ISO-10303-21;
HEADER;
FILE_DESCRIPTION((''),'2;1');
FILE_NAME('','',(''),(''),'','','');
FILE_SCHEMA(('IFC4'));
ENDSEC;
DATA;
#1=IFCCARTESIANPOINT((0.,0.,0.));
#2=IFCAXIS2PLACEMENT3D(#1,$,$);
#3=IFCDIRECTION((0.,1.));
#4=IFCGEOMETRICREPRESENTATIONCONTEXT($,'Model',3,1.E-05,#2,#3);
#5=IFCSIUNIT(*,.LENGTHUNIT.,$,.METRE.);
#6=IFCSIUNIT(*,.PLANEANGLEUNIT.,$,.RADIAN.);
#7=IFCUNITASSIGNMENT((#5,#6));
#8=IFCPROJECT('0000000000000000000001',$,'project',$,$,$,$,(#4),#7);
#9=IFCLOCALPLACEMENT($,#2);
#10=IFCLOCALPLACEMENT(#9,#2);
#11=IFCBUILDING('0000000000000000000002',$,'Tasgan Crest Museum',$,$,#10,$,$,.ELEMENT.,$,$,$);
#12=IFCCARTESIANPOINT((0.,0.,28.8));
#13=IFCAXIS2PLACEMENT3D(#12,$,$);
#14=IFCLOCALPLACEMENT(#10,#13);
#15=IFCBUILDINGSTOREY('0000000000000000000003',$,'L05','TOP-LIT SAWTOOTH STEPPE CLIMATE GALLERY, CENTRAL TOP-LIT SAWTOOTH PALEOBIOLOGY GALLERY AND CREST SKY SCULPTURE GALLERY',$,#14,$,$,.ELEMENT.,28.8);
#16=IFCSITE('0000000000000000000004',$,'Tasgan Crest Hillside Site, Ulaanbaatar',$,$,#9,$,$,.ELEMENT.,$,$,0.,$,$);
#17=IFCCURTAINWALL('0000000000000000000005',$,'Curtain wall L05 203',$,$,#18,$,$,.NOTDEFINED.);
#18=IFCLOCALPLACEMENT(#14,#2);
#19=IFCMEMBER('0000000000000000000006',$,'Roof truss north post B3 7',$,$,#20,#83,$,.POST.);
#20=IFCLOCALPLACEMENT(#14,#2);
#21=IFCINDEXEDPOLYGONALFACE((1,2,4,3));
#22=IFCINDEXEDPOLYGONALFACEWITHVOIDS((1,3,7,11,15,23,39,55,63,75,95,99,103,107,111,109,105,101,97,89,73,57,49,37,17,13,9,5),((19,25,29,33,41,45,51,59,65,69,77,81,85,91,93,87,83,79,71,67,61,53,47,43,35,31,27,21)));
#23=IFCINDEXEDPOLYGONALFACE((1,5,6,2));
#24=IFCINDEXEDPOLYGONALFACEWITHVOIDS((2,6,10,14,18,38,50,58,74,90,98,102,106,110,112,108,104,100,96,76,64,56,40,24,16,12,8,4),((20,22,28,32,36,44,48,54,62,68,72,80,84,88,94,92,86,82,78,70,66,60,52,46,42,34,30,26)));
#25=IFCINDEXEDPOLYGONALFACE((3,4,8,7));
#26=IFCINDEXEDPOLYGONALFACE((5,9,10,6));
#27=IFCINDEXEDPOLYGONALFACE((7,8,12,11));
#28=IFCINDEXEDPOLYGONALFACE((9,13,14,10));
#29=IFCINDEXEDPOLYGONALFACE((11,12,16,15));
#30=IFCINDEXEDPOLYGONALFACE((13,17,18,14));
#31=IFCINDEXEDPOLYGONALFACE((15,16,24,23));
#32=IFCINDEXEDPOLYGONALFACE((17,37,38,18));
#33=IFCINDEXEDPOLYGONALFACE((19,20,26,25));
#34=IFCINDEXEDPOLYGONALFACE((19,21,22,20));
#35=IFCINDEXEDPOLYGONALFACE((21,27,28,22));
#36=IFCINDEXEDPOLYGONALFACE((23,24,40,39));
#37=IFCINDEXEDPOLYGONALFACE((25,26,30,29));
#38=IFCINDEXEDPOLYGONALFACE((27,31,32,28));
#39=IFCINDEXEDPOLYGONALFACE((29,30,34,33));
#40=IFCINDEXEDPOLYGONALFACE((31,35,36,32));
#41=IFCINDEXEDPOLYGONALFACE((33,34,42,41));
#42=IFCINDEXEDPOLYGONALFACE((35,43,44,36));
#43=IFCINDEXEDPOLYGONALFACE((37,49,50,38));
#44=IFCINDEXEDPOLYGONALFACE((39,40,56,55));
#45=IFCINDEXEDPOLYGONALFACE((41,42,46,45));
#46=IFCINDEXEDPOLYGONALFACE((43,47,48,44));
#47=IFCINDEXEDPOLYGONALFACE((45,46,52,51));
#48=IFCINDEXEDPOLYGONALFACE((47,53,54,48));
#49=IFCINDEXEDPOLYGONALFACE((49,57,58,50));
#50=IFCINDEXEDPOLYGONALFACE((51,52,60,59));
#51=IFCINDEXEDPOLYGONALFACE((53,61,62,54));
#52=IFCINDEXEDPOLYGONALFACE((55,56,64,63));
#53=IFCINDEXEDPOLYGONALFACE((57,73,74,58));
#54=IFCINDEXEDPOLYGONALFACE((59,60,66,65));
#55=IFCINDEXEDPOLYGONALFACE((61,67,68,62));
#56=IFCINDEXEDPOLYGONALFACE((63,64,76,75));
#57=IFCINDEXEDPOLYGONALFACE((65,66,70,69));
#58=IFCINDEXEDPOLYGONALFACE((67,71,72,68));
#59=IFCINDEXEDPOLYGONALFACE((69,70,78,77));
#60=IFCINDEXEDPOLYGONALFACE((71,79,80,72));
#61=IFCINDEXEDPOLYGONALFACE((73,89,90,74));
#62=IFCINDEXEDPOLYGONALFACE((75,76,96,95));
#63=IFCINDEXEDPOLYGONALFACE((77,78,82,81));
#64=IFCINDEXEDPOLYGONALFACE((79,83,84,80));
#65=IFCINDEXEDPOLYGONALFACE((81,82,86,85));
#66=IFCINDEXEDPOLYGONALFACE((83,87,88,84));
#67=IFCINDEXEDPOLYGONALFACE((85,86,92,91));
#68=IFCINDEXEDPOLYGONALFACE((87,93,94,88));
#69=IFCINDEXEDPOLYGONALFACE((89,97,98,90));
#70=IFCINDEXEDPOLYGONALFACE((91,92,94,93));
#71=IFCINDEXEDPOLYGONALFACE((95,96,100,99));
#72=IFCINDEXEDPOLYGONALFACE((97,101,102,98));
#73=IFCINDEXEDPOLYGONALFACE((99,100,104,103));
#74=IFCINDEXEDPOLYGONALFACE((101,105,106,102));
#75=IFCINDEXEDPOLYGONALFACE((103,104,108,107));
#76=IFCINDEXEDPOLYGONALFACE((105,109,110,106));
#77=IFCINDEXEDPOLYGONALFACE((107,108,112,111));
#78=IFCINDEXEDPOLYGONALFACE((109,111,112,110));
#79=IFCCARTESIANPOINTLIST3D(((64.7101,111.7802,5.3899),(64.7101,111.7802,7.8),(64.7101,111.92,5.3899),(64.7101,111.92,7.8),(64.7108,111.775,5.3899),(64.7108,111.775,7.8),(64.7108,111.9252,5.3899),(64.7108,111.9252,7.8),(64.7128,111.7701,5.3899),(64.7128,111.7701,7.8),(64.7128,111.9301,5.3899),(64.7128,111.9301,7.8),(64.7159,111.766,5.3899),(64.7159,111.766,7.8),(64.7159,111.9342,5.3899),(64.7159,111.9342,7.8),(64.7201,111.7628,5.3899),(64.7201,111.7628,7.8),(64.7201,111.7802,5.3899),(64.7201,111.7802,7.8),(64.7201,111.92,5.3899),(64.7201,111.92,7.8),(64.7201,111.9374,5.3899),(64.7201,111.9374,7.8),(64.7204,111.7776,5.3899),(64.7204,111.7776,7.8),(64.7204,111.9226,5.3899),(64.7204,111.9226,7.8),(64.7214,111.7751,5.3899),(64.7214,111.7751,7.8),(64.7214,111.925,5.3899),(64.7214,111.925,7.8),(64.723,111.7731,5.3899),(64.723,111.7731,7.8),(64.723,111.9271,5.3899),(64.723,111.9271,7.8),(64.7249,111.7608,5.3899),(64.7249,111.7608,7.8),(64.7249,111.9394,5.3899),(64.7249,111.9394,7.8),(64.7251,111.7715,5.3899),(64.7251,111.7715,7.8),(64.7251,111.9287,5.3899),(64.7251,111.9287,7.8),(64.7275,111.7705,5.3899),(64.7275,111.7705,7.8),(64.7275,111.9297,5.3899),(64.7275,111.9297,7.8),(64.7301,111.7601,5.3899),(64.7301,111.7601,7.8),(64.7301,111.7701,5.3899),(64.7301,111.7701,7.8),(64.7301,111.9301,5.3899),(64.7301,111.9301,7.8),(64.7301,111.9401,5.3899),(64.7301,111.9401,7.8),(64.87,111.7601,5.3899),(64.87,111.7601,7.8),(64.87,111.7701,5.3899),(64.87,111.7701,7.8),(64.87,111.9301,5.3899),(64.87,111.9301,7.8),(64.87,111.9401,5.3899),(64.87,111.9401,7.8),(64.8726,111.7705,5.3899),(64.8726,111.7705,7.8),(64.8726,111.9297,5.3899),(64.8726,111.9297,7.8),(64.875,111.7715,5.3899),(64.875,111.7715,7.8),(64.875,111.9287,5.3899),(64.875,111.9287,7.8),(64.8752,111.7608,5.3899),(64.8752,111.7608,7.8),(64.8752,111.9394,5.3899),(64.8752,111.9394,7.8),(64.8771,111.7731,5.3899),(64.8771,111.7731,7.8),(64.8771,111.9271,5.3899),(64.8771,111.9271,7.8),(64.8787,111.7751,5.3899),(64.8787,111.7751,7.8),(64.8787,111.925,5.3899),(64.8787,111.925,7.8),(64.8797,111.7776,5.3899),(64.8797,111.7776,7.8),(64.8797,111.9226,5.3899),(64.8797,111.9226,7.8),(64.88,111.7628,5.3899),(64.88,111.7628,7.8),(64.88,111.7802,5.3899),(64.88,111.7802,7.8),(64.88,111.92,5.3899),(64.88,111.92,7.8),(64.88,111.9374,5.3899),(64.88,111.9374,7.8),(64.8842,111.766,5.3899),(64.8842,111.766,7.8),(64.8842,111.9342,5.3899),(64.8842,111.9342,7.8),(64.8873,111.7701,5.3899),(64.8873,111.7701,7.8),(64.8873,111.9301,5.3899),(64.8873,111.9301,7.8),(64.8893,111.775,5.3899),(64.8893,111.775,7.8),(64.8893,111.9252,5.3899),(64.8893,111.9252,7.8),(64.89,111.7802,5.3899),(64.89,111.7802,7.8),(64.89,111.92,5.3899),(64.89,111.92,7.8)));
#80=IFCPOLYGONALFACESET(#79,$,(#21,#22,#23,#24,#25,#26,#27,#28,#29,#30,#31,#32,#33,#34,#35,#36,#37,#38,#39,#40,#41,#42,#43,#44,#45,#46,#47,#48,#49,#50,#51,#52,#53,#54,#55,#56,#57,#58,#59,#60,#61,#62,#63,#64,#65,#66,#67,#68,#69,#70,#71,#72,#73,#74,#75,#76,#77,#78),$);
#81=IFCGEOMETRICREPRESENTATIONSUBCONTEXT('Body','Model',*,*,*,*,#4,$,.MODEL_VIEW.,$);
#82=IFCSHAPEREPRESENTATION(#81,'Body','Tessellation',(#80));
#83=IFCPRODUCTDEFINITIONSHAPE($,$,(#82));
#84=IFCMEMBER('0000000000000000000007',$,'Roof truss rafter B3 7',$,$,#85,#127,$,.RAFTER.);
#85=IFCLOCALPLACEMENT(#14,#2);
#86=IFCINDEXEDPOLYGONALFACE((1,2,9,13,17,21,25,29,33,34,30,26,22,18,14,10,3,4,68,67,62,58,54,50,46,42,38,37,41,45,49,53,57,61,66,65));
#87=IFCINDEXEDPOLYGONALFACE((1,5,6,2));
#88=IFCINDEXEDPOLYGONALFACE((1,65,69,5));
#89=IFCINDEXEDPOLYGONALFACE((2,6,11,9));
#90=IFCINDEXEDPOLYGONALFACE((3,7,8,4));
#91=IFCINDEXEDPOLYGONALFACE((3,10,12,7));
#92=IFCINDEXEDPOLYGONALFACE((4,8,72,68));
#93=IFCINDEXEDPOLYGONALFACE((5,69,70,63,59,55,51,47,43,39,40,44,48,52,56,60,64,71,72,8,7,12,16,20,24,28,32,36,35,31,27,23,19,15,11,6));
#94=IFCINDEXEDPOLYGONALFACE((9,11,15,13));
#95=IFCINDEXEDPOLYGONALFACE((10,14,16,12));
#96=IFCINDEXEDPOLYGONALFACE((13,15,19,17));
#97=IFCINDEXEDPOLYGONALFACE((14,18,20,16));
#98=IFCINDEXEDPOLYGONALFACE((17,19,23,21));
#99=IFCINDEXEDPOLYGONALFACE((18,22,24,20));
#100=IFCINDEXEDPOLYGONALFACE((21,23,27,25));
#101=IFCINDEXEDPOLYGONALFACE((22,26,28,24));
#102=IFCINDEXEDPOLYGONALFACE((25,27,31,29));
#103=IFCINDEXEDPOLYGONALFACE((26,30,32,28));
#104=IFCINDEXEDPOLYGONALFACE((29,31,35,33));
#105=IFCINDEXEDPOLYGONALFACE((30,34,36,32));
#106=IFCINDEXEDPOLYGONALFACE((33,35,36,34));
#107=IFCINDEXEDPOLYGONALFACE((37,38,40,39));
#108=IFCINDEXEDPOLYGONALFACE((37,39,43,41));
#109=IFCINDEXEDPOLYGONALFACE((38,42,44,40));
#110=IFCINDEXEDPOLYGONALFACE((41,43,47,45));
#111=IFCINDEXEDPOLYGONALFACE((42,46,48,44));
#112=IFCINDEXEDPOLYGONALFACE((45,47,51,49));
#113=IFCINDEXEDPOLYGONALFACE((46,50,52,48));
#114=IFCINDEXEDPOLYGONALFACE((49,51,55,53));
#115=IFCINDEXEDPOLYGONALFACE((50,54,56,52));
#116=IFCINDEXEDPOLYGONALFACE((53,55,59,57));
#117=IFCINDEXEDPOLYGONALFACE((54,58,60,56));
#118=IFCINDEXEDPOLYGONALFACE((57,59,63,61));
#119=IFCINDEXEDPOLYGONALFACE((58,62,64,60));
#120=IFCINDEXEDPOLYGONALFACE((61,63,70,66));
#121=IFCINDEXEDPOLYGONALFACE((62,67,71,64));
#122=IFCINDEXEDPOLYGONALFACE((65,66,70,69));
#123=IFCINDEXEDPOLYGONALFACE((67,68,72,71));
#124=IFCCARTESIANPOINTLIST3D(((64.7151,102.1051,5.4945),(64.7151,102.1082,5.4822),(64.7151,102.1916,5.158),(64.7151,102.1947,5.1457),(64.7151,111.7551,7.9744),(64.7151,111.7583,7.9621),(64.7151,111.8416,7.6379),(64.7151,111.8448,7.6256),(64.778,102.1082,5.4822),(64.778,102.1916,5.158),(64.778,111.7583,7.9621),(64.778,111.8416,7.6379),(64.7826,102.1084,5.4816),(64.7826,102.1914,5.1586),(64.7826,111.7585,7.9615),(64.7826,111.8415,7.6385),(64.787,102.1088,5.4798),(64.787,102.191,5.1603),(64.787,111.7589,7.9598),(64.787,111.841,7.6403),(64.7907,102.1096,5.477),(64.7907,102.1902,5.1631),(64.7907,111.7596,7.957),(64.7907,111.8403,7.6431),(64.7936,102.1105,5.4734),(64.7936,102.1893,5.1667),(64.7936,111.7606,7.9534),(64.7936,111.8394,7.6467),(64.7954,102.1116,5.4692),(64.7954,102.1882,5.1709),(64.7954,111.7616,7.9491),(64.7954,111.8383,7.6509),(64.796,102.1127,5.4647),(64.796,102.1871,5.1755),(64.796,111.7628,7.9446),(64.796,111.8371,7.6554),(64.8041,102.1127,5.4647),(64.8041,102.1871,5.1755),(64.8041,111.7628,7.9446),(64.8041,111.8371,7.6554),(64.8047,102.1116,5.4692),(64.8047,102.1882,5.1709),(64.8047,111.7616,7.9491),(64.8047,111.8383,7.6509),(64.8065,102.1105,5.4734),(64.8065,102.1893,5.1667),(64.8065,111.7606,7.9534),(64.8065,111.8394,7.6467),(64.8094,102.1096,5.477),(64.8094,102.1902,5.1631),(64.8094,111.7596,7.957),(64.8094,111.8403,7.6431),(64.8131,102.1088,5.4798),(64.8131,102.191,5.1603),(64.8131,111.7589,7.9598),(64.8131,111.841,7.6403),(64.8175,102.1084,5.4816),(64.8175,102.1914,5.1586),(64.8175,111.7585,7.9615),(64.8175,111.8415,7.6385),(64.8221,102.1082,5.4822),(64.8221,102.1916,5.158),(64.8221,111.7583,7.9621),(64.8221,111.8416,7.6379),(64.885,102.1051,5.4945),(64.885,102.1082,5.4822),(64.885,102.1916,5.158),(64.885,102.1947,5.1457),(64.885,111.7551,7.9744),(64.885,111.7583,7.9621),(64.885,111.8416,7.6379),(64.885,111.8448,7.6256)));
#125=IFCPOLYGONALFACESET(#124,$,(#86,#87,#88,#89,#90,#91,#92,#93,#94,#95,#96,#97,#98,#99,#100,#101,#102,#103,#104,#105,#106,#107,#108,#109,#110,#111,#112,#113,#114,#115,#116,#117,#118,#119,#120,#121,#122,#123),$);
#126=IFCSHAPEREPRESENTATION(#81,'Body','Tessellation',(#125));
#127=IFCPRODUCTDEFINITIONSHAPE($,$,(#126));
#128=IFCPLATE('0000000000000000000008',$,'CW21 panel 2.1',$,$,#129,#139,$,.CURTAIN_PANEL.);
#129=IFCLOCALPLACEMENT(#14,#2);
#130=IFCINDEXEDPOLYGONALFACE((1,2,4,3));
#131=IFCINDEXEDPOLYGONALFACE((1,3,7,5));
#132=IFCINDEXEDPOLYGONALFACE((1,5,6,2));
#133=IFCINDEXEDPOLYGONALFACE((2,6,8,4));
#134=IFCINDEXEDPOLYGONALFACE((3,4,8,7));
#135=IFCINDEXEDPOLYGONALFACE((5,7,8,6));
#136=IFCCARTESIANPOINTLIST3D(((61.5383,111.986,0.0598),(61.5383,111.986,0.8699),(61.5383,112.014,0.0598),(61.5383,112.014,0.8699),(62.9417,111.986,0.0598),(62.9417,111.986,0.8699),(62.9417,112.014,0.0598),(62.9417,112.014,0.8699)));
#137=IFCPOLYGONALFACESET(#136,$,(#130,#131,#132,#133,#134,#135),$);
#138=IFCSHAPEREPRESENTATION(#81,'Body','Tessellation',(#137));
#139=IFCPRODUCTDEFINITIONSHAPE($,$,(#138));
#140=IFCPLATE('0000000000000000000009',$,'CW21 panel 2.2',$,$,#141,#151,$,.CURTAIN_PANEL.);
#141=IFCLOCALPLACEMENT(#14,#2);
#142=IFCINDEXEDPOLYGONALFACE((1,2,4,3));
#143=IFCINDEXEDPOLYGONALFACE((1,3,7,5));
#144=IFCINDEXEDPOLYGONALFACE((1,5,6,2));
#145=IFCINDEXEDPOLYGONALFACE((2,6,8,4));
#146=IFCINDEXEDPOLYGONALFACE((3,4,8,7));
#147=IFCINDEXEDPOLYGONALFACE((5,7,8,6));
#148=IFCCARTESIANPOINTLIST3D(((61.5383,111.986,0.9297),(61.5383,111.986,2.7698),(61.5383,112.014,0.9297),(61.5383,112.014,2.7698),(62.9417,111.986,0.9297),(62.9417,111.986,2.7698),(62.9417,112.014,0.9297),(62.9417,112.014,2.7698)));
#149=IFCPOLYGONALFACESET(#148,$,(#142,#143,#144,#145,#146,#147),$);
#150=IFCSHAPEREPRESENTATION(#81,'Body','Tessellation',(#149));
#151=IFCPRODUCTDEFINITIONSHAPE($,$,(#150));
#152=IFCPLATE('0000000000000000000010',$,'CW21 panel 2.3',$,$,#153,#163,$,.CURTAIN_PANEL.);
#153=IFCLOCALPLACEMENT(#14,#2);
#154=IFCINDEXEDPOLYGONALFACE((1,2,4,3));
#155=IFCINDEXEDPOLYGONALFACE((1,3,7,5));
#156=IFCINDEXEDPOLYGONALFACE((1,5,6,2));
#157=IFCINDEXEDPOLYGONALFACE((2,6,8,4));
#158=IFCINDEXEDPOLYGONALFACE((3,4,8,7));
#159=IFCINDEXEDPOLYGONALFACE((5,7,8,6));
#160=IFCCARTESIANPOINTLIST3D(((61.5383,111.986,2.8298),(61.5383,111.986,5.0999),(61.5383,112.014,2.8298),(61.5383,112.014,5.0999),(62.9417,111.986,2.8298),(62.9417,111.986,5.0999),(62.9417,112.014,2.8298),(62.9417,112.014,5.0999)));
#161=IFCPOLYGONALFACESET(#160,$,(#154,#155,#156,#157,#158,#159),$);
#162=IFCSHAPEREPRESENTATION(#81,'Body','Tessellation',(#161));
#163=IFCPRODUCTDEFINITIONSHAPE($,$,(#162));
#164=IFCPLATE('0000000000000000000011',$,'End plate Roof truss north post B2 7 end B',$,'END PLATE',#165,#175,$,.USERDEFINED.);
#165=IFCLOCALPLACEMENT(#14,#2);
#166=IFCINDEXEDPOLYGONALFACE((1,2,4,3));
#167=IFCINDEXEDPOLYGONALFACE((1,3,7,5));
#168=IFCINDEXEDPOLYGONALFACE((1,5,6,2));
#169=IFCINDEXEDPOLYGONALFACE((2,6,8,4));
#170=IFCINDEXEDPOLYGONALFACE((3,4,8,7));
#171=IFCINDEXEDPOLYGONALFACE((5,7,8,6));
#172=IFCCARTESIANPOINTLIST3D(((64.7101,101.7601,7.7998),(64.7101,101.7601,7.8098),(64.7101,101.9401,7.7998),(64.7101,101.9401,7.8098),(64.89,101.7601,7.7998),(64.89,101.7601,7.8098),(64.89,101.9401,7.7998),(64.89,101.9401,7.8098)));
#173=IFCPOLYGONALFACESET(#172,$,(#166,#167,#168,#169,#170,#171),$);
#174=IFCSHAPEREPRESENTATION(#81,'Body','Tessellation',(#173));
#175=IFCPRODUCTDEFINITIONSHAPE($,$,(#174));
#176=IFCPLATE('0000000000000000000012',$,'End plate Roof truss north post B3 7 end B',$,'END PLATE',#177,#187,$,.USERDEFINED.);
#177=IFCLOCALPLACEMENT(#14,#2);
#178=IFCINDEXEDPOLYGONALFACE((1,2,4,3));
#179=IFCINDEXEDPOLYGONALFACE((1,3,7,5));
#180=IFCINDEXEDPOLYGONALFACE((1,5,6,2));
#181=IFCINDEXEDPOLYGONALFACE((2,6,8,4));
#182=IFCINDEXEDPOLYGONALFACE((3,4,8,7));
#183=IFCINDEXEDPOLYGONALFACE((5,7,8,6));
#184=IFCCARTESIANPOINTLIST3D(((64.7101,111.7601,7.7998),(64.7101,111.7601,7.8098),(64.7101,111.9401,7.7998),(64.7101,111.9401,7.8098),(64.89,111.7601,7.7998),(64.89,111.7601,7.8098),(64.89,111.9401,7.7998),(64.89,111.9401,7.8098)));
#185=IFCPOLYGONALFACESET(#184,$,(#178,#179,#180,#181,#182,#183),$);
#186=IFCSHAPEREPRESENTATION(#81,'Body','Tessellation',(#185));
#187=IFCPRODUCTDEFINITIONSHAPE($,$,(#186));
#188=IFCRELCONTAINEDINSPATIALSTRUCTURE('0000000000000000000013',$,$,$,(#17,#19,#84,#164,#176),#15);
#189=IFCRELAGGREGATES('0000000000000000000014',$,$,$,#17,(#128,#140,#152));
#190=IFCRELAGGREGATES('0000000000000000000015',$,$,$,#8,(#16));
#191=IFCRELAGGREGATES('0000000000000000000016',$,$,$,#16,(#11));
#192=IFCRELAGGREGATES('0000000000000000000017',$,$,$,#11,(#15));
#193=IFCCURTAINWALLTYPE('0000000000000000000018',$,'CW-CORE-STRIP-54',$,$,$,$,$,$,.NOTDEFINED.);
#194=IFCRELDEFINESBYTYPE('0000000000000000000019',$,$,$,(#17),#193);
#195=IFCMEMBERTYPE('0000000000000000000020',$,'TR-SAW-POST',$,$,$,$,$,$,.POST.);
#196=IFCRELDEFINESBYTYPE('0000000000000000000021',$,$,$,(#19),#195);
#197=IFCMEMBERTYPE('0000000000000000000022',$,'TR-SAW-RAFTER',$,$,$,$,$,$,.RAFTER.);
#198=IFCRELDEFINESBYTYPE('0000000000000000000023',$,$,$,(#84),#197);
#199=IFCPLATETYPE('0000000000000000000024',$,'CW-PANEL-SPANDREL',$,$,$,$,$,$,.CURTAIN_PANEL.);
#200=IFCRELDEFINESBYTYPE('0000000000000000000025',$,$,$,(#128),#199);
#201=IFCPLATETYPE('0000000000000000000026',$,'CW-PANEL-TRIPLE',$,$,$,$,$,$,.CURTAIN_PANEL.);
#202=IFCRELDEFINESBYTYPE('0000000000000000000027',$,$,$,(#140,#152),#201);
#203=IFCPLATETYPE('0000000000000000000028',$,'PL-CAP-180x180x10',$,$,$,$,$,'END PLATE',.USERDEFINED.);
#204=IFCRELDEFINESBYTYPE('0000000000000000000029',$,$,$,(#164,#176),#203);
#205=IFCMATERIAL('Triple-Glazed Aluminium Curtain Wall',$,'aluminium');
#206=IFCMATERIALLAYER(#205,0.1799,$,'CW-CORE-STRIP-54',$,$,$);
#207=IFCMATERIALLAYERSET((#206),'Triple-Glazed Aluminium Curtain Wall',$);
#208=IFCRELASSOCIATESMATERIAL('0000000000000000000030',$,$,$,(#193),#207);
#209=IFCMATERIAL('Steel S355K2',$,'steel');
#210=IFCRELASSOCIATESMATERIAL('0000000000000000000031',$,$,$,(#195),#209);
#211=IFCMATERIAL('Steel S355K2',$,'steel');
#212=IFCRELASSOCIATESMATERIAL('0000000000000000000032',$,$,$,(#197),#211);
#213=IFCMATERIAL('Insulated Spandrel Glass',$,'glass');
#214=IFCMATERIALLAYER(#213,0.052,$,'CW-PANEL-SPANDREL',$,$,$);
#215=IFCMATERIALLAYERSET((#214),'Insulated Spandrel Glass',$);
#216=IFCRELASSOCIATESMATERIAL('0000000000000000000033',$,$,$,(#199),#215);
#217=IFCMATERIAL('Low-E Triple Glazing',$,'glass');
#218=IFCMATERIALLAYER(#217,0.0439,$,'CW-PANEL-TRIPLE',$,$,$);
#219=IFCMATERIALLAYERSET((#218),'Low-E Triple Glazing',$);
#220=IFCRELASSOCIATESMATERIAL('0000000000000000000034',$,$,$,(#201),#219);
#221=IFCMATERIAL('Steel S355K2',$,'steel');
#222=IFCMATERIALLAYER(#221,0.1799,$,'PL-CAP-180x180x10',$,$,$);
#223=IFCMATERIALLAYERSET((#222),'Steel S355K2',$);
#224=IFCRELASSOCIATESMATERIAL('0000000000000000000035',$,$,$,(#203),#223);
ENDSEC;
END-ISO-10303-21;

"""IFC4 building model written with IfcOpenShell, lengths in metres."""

from ifc_helpers import new_model, si_unit, direction, frame, origin, origin_2d, place, context, subcontext, project, spatial, rectangle, hollow_rectangle, i_section, extrude, material, layer, layer_set, material_profile, profile_set, type_object, element, aggregate, save


model = new_model("IFC4")

# Units and contexts
model_context = context("Model", 3, precision=1e-05, world=origin(), true_north=direction((0.0, 1.0)))
body_context = subcontext(model_context, "Body", "Model", "MODEL_VIEW")
ifc_project = project(units=[si_unit("LENGTHUNIT", "METRE"), si_unit("PLANEANGLEUNIT", "RADIAN")], contexts=[model_context])

# Site, building, storey
site_placement = place(None, origin())
site = spatial("IfcSite", under=ifc_project, at=site_placement, Name="Tasgan Crest Hillside Site, Ulaanbaatar", CompositionType="ELEMENT", RefElevation=0.0)
building_placement = place(site_placement, origin())
building = spatial("IfcBuilding", under=site, at=building_placement, Name="Tasgan Crest Museum", CompositionType="ELEMENT")
storey_placement = place(building_placement, frame((0.0, 0.0, 28.8)))
storey = spatial("IfcBuildingStorey", under=building, at=storey_placement, Name="L05", Description="TOP-LIT SAWTOOTH STEPPE CLIMATE GALLERY, CENTRAL TOP-LIT SAWTOOTH PALEOBIOLOGY GALLERY AND CREST SKY SCULPTURE GALLERY", CompositionType="ELEMENT", Elevation=28.8)

# Curtain wall
ifc_material_1 = material(Name="Triple-Glazed Aluminium Curtain Wall", Category="aluminium")
ifc_layer_1 = layer(ifc_material_1, 0.1799, Name="CW-CORE-STRIP-54")
ifc_layer_set_1 = layer_set([ifc_layer_1], Name="Triple-Glazed Aluminium Curtain Wall")
curtain_wall_type = type_object("IfcCurtainWallType", Name="CW-CORE-STRIP-54", PredefinedType="NOTDEFINED", material=ifc_layer_set_1)
curtain_wall_placement = place(storey_placement, origin())
curtain_wall = element("IfcCurtainWall", 1, at=curtain_wall_placement, inside=storey, type_object=curtain_wall_type, Name="Curtain wall L05 203", PredefinedType="NOTDEFINED")

# Members
ifc_material_2 = material(Name="Steel S355K2", Category="steel")
ifc_material_profile_1 = material_profile(ifc_material_2, hollow_rectangle(XDim=0.1799, YDim=0.1799, WallThickness=0.01, InnerFilletRadius=0.01, OuterFilletRadius=0.02, at=origin_2d()), Name="SHS 180x180x10")
ifc_profile_set_1 = profile_set([ifc_material_profile_1], Name="Steel S355K2")
member_type_1 = type_object("IfcMemberType", Name="TR-SAW-POST", PredefinedType="POST", material=ifc_profile_set_1)
for number, where, z_axis, x_axis, name in (
    (2, (64.8, 111.8501, 5.3899), (0.0, 0.0, 1.0), (1.0, 0.0, 0.0), "Roof truss north post B3 7"),
):
    element("IfcMember", number, at=place(storey_placement, frame(where, z_axis=z_axis, x_axis=x_axis)), inside=storey, type_object=member_type_1, Name=name, PredefinedType="POST", context=body_context, shape_type="SweptSolid", body=[
        extrude(hollow_rectangle(XDim=0.1799, YDim=0.1799, WallThickness=0.01, InnerFilletRadius=0.01, OuterFilletRadius=0.02, at=origin_2d()), origin(), (0.0, 0.0, 1.0), 2.4102),
    ])
ifc_material_3 = material(Name="Steel S355K2", Category="steel")
ifc_material_profile_2 = material_profile(ifc_material_3, i_section(OverallWidth=0.1699, OverallDepth=0.3601, WebThickness=0.0081, FlangeThickness=0.0127, FilletRadius=0.0181, at=origin_2d()), Name="IPE 360")
ifc_profile_set_2 = profile_set([ifc_material_profile_2], Name="Steel S355K2")
member_type_2 = type_object("IfcMemberType", Name="TR-SAW-RAFTER", PredefinedType="RAFTER", material=ifc_profile_set_2)
member_1_placement = place(storey_placement, frame((64.8, 102.1499, 5.3201), z_axis=(0.0, 0.968529, 0.248901), x_axis=(-1.0, 0.0, 0.0)))
element("IfcMember", 3, at=member_1_placement, inside=storey, type_object=member_type_2, Name="Roof truss rafter B3 7", PredefinedType="RAFTER", context=body_context, shape_type="SweptSolid", body=[
    extrude(i_section(OverallWidth=0.1699, OverallDepth=0.3601, WebThickness=0.0081, FlangeThickness=0.0127, FilletRadius=0.0181, at=origin_2d()), origin(), (0.0, 0.0, 1.0), 9.9636),
])

# Plates
ifc_material_4 = material(Name="Insulated Spandrel Glass", Category="glass")
ifc_layer_2 = layer(ifc_material_4, 0.052, Name="CW-PANEL-SPANDREL")
ifc_layer_set_2 = layer_set([ifc_layer_2], Name="Insulated Spandrel Glass")
plate_type_1 = type_object("IfcPlateType", Name="CW-PANEL-SPANDREL", PredefinedType="CURTAIN_PANEL", material=ifc_layer_set_2)
plate_1_placement = place(storey_placement, frame((62.24, 112.0, 0.0598), z_axis=(0.0, 0.0, 1.0), x_axis=(-1.0, 0.0, 0.0)))
plate_1 = element("IfcPlate", 4, at=plate_1_placement, type_object=plate_type_1, Name="CW21 panel 2.1", PredefinedType="CURTAIN_PANEL", context=body_context, shape_type="SweptSolid", body=[
    extrude(rectangle(XDim=1.4033, YDim=0.0281, at=origin_2d()), origin(), (0.0, 0.0, 1.0), 0.8101),
])
ifc_material_5 = material(Name="Low-E Triple Glazing", Category="glass")
ifc_layer_3 = layer(ifc_material_5, 0.0439, Name="CW-PANEL-TRIPLE")
ifc_layer_set_3 = layer_set([ifc_layer_3], Name="Low-E Triple Glazing")
plate_type_2 = type_object("IfcPlateType", Name="CW-PANEL-TRIPLE", PredefinedType="CURTAIN_PANEL", material=ifc_layer_set_3)
plate_2_placement = place(storey_placement, frame((62.24, 112.0, 0.9297), z_axis=(0.0, 0.0, 1.0), x_axis=(-1.0, 0.0, 0.0)))
plate_2 = element("IfcPlate", 5, at=plate_2_placement, type_object=plate_type_2, Name="CW21 panel 2.2", PredefinedType="CURTAIN_PANEL", context=body_context, shape_type="SweptSolid", body=[
    extrude(rectangle(XDim=1.4033, YDim=0.0281, at=origin_2d()), origin(), (0.0, 0.0, 1.0), 1.8401),
])
plate_3_placement = place(storey_placement, frame((62.24, 112.0, 2.8298), z_axis=(0.0, 0.0, 1.0), x_axis=(-1.0, 0.0, 0.0)))
plate_3 = element("IfcPlate", 6, at=plate_3_placement, type_object=plate_type_2, Name="CW21 panel 2.3", PredefinedType="CURTAIN_PANEL", context=body_context, shape_type="SweptSolid", body=[
    extrude(rectangle(XDim=1.4033, YDim=0.0281, at=origin_2d()), origin(), (0.0, 0.0, 1.0), 2.27),
])
aggregate(curtain_wall, [plate_1, plate_2, plate_3])

# Plates
ifc_material_6 = material(Name="Steel S355K2", Category="steel")
ifc_layer_4 = layer(ifc_material_6, 0.1799, Name="PL-CAP-180x180x10")
ifc_layer_set_4 = layer_set([ifc_layer_4], Name="Steel S355K2")
plate_type_3 = type_object("IfcPlateType", Name="PL-CAP-180x180x10", ElementType="END PLATE", PredefinedType="USERDEFINED", material=ifc_layer_set_4)
for number, where, z_axis, x_axis, name in (
    (7, (64.8, 101.8501, 7.7998), (0.0, 0.0, 1.0), (1.0, 0.0, 0.0), "End plate Roof truss north post B2 7 end B"),
    (8, (64.8, 111.8501, 7.7998), (0.0, 0.0, 1.0), (1.0, 0.0, 0.0), "End plate Roof truss north post B3 7 end B"),
):
    element("IfcPlate", number, at=place(storey_placement, frame(where, z_axis=z_axis, x_axis=x_axis)), inside=storey, type_object=plate_type_3, Name=name, ObjectType="END PLATE", PredefinedType="USERDEFINED", context=body_context, shape_type="SweptSolid", body=[
        extrude(rectangle(XDim=0.1799, YDim=0.1799, at=origin_2d()), origin(), (0.0, 0.0, 1.0), 0.01),
    ])

save(model, "model.ifc")
